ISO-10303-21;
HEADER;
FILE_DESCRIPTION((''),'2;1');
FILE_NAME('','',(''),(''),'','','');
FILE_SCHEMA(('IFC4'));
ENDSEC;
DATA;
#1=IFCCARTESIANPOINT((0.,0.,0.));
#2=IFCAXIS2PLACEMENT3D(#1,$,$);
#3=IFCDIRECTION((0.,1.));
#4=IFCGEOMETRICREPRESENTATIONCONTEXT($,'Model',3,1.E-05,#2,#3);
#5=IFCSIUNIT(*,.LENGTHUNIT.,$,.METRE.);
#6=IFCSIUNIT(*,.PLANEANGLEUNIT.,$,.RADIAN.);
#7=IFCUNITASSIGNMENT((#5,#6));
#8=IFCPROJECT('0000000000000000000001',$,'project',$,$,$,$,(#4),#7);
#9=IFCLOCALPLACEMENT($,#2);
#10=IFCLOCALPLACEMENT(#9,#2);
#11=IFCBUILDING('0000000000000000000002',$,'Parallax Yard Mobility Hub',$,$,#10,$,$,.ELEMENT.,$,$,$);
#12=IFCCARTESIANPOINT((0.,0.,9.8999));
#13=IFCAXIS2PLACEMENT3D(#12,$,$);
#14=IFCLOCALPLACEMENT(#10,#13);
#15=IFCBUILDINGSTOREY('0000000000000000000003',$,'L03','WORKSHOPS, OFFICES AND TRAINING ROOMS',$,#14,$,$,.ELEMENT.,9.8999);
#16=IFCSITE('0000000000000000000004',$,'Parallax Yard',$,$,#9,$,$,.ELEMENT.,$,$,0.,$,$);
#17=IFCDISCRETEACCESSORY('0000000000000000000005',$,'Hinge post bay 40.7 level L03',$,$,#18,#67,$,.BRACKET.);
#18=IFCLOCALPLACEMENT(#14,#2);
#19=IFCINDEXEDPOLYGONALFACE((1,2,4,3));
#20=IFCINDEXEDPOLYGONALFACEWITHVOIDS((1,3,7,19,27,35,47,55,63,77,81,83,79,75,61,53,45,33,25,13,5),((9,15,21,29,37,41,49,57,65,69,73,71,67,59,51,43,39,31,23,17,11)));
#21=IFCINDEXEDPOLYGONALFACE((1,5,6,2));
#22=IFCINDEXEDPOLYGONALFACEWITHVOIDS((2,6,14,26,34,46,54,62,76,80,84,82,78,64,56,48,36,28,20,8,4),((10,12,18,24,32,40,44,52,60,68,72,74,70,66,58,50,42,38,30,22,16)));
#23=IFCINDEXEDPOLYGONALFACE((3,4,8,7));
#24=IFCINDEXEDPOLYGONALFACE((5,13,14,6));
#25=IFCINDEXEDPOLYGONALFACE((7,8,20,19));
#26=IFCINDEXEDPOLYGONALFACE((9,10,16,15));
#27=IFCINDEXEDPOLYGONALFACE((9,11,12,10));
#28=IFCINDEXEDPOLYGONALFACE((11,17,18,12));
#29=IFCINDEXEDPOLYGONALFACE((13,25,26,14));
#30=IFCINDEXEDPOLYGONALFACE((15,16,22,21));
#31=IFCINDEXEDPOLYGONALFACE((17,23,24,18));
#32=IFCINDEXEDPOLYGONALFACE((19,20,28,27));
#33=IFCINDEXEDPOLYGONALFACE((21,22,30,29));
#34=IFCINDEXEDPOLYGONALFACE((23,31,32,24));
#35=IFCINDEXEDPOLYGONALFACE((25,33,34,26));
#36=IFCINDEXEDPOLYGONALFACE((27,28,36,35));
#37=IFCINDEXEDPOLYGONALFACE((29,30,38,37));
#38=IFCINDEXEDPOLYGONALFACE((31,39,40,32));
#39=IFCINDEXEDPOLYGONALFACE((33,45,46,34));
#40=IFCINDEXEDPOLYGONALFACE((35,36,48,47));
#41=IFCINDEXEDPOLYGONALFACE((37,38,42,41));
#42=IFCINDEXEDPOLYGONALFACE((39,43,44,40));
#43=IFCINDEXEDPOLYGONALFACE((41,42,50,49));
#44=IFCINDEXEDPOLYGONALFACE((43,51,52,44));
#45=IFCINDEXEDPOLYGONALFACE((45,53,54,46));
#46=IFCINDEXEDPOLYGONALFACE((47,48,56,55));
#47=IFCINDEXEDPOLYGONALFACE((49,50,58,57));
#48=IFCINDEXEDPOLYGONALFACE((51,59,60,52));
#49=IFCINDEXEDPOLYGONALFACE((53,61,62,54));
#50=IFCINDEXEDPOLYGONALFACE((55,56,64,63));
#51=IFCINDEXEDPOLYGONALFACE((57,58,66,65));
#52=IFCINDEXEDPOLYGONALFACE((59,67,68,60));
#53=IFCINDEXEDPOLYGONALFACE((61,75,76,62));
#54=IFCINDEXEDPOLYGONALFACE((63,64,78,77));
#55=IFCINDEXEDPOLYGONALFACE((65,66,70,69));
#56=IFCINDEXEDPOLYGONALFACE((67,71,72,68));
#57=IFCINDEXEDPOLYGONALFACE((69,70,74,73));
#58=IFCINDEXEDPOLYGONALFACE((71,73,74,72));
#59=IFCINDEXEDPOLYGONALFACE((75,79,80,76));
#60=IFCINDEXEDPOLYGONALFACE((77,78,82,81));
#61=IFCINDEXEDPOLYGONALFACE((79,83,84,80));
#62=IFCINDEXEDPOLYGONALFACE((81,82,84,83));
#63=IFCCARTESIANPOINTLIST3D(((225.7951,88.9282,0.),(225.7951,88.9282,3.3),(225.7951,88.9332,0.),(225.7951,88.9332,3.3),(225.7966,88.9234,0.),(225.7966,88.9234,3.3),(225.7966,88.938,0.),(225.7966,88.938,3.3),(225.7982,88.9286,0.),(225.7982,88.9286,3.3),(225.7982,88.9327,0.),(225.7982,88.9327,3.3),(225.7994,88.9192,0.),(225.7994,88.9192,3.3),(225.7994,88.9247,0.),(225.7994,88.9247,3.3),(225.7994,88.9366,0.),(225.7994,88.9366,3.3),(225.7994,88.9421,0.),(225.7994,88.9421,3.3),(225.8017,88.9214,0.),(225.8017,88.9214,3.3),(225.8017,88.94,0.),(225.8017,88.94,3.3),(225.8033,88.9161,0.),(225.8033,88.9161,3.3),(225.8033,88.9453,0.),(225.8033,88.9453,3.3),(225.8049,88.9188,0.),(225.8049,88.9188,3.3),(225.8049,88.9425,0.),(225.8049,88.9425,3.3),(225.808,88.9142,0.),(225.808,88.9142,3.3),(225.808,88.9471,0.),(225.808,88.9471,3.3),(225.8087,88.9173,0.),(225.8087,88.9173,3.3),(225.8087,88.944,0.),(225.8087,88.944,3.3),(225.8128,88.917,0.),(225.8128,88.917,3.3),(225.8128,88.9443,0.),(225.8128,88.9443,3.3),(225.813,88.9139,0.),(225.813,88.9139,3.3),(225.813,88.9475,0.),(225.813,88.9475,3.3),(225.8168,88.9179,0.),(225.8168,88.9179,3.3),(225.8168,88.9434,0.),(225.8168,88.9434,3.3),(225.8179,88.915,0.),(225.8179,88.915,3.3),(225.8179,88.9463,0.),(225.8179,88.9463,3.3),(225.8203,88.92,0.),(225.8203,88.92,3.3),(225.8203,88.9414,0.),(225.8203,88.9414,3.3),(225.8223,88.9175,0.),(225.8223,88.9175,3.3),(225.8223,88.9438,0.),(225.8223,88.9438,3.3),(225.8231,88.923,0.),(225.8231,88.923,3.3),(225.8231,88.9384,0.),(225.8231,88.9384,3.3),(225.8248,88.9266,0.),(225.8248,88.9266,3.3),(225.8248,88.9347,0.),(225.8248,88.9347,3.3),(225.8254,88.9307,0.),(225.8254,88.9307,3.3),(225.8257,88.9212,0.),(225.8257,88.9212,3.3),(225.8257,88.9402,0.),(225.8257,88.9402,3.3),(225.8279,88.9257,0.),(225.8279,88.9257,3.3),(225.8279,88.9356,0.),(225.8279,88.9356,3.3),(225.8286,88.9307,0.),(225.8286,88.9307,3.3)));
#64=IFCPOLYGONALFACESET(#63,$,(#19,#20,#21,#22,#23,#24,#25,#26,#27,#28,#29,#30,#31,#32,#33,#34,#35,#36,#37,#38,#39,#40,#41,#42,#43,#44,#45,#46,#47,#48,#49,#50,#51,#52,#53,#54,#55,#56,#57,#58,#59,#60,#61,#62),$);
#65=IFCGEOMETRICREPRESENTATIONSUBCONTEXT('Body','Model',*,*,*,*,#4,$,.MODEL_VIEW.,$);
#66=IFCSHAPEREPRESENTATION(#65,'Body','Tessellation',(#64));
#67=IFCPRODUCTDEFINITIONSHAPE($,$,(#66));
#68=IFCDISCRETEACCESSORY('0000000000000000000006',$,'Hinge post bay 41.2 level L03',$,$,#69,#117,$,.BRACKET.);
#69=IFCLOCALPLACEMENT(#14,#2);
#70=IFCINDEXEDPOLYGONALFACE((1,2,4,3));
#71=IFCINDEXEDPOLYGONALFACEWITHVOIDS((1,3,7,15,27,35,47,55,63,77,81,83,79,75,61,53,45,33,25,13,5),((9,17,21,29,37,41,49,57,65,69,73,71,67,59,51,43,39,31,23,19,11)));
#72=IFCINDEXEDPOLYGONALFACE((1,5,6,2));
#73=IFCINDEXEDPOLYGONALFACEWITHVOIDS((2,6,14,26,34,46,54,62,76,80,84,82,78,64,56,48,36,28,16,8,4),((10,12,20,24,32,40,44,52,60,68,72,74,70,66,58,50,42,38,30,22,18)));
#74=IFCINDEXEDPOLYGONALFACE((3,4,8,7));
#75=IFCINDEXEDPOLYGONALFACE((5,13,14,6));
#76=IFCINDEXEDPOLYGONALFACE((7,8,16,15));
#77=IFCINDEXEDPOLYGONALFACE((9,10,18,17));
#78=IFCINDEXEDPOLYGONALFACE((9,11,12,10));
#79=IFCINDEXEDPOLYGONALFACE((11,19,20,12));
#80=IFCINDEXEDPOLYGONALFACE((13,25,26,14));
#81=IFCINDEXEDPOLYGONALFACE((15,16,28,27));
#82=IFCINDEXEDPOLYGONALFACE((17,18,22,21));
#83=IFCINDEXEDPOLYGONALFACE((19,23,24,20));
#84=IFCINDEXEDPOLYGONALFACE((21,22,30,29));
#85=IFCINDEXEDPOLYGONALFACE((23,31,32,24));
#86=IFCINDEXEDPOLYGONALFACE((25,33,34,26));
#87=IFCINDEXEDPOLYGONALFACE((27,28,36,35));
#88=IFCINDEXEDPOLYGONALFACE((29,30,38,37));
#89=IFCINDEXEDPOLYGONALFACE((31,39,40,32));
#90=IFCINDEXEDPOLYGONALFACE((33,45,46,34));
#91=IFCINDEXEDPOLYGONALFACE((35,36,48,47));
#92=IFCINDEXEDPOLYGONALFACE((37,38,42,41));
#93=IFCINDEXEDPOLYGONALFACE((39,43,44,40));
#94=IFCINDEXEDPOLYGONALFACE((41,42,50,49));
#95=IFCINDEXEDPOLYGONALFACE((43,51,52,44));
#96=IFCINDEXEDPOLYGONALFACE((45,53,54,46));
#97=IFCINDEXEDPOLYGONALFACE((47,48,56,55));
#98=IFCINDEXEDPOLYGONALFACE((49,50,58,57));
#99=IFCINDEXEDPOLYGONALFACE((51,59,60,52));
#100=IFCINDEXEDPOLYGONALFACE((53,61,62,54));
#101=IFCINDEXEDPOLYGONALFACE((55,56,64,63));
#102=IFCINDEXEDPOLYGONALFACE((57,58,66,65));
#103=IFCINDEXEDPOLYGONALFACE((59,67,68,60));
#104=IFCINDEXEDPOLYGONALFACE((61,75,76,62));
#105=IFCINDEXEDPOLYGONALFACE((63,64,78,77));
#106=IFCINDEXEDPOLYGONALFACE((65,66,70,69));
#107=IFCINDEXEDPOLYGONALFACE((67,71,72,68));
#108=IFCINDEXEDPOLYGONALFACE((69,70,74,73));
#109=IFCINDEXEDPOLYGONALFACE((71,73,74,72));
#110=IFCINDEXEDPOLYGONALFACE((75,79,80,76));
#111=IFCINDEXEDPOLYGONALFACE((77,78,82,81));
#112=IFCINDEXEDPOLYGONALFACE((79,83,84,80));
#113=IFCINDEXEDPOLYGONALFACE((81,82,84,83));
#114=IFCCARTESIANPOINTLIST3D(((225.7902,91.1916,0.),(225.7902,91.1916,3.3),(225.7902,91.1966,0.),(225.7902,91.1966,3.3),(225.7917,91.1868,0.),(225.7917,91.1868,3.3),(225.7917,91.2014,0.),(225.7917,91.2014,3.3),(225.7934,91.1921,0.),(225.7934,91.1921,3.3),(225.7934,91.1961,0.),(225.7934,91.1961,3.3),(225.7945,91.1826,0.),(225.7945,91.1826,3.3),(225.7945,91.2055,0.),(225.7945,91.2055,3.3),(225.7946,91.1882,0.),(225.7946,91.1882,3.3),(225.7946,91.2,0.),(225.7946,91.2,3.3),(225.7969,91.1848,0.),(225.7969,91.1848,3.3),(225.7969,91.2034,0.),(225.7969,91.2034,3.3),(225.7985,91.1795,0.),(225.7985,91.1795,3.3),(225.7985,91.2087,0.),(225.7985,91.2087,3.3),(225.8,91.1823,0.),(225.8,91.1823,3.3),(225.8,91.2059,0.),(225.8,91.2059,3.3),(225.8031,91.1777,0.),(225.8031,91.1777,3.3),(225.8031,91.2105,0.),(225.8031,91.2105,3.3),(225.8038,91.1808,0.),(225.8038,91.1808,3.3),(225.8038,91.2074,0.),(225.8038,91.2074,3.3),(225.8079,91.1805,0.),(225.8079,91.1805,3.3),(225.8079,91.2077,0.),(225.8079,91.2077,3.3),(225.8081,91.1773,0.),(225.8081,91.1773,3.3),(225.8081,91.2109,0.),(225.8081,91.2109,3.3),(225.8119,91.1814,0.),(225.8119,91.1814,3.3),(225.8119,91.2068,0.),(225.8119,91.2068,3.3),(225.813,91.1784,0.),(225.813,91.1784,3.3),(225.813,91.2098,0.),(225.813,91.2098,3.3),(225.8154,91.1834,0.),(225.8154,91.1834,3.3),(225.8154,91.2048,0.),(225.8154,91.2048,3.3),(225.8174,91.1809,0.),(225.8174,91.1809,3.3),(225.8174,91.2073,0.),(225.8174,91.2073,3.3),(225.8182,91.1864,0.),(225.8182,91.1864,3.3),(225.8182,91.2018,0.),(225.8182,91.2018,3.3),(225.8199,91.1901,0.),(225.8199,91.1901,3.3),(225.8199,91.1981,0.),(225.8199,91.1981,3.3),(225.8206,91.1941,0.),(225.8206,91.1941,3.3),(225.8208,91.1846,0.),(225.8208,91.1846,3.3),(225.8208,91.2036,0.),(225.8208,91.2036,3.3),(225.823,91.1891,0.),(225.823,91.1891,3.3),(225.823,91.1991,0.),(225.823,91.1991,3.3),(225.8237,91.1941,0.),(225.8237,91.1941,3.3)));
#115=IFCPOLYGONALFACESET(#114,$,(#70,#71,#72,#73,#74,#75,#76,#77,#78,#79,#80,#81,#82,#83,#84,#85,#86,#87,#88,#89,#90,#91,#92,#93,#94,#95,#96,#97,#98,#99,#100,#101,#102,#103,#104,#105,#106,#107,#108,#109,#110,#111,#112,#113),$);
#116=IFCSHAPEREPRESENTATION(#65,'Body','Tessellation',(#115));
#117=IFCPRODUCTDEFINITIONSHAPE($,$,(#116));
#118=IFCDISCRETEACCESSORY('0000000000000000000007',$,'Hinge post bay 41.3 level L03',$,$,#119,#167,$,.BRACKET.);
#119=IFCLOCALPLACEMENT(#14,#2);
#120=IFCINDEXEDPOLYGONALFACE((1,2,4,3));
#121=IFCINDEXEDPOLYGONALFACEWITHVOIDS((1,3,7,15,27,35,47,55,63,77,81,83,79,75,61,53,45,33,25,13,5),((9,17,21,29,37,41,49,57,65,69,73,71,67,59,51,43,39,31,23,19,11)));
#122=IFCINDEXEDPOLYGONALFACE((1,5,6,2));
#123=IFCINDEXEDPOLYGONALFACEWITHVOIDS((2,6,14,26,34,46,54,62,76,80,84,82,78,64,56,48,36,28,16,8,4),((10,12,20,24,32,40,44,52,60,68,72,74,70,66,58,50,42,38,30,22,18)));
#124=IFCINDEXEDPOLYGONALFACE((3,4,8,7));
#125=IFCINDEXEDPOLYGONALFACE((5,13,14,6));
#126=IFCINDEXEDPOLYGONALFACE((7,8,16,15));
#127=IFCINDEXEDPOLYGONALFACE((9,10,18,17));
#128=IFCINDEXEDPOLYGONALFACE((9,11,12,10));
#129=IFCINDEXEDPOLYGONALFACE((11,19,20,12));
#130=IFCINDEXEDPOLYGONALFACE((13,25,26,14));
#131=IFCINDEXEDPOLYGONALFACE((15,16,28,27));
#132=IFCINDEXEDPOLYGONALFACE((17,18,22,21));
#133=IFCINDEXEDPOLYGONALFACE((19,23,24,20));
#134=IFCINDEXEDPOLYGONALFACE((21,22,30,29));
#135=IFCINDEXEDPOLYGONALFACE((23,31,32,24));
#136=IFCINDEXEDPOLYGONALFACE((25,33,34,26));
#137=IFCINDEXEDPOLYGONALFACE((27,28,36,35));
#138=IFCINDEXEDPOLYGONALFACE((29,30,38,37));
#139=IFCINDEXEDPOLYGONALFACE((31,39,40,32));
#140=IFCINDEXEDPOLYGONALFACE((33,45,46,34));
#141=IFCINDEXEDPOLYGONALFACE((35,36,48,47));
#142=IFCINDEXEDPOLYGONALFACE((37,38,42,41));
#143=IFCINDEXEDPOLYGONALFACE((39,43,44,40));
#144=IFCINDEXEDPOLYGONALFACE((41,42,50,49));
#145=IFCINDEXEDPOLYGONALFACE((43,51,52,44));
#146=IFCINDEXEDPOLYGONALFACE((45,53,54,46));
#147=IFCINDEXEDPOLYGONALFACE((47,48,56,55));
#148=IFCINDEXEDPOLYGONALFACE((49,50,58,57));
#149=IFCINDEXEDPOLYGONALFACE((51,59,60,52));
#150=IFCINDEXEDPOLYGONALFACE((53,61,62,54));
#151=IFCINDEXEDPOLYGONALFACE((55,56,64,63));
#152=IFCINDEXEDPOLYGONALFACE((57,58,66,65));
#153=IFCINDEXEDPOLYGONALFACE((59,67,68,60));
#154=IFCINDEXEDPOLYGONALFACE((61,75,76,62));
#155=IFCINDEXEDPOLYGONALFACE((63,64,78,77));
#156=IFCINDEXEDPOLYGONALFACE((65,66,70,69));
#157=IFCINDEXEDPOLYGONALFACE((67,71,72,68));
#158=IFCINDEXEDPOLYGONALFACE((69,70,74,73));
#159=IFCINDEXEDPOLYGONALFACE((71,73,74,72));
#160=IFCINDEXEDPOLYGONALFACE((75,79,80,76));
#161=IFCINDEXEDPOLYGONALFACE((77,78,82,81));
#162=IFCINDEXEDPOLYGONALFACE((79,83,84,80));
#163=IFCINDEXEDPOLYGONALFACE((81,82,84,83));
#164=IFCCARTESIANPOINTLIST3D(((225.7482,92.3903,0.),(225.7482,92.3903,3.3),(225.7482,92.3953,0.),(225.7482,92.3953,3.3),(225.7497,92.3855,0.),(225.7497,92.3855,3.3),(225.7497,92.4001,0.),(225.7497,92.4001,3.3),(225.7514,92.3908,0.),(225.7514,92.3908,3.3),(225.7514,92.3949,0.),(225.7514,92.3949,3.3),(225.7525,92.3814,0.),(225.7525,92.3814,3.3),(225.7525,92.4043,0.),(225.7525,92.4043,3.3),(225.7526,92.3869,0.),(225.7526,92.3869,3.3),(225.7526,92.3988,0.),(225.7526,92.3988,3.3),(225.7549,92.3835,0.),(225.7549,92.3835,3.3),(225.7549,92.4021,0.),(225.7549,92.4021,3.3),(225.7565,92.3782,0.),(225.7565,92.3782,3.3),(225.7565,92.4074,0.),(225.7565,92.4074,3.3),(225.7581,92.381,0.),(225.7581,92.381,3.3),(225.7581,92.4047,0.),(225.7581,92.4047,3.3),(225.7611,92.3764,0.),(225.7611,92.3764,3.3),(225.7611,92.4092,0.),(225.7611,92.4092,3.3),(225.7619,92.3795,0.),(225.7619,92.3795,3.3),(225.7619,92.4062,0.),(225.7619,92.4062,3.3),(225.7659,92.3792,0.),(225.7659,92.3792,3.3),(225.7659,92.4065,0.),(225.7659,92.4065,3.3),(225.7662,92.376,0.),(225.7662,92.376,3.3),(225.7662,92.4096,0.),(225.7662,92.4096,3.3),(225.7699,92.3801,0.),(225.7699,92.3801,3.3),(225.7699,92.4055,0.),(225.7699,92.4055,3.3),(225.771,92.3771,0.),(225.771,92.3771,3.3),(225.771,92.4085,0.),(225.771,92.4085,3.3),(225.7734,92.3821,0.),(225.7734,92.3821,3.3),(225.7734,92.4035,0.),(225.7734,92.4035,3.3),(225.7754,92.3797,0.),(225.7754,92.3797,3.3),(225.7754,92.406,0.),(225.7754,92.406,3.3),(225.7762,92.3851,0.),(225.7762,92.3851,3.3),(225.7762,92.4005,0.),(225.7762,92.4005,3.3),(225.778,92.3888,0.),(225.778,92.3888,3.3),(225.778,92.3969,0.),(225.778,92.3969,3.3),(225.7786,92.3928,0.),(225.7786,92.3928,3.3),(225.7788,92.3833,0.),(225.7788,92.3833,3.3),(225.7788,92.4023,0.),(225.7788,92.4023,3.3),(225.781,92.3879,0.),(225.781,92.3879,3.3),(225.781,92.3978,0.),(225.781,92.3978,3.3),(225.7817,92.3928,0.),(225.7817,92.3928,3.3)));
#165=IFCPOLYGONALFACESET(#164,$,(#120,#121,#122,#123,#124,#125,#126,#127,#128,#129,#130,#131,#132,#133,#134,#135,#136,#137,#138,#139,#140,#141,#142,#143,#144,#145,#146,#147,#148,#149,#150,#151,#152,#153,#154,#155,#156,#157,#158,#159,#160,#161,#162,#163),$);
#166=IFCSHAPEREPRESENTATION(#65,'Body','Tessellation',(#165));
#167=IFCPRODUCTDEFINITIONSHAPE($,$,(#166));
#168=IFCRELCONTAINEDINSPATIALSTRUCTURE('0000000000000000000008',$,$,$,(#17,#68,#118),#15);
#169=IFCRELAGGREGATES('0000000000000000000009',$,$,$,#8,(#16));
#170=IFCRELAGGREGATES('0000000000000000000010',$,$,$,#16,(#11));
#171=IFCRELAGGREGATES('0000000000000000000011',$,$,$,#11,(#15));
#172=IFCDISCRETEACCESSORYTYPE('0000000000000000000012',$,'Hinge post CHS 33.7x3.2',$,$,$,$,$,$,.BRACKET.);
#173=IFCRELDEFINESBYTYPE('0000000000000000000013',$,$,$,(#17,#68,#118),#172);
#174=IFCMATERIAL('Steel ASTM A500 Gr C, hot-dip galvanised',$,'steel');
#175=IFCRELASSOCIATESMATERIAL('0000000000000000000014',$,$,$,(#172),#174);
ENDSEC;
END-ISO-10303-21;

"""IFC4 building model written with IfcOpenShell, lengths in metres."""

from ifc_helpers import new_model, si_unit, direction, frame, origin, origin_2d, place, context, subcontext, project, spatial, hollow_circle, extrude, material, material_profile, profile_set, type_object, element, save


model = new_model("IFC4")

# Units and contexts
model_context = context("Model", 3, precision=1e-05, world=origin(), true_north=direction((0.0, 1.0)))
body_context = subcontext(model_context, "Body", "Model", "MODEL_VIEW")
ifc_project = project(units=[si_unit("LENGTHUNIT", "METRE"), si_unit("PLANEANGLEUNIT", "RADIAN")], contexts=[model_context])

# Site, building, storey
site_placement = place(None, origin())
site = spatial("IfcSite", under=ifc_project, at=site_placement, Name="Parallax Yard", CompositionType="ELEMENT", RefElevation=0.0)
building_placement = place(site_placement, origin())
building = spatial("IfcBuilding", under=site, at=building_placement, Name="Parallax Yard Mobility Hub", CompositionType="ELEMENT")
storey_placement = place(building_placement, frame((0.0, 0.0, 9.8999)))
storey = spatial("IfcBuildingStorey", under=building, at=storey_placement, Name="L03", Description="WORKSHOPS, OFFICES AND TRAINING ROOMS", CompositionType="ELEMENT", Elevation=9.8999)

# Discrete accessories
ifc_material_1 = material(Name="Steel ASTM A500 Gr C, hot-dip galvanised", Category="steel")
ifc_material_profile_1 = material_profile(ifc_material_1, hollow_circle(Radius=0.0168, WallThickness=0.0032, at=origin_2d()), Name="CHS 33.7x3.2")
ifc_profile_set_1 = profile_set([ifc_material_profile_1], Name="Steel ASTM A500 Gr C, hot-dip galvanised")
discrete_accessory_type_1 = type_object("IfcDiscreteAccessoryType", Name="Hinge post CHS 33.7x3.2", PredefinedType="BRACKET", material=ifc_profile_set_1)
for number, where, z_axis, x_axis, name in (
    (1, (225.8118, 88.9307, 0.0), (0.0, 0.0, 1.0), (1.0, 0.0, 0.0), "Hinge post bay 40.7 level L03"),
    (2, (225.8069, 91.1941, 0.0), (0.0, 0.0, 1.0), (1.0, 0.0, 0.0), "Hinge post bay 41.2 level L03"),
    (3, (225.7649, 92.3928, 0.0), (0.0, 0.0, 1.0), (1.0, 0.0, 0.0), "Hinge post bay 41.3 level L03"),
):
    element("IfcDiscreteAccessory", number, at=place(storey_placement, frame(where, z_axis=z_axis, x_axis=x_axis)), inside=storey, type_object=discrete_accessory_type_1, Name=name, PredefinedType="BRACKET", context=body_context, shape_type="SweptSolid", body=[
        extrude(hollow_circle(Radius=0.0168, WallThickness=0.0032, at=origin_2d()), origin(), (0.0, 0.0, 1.0), 3.3),
    ])

save(model, "model.ifc")
